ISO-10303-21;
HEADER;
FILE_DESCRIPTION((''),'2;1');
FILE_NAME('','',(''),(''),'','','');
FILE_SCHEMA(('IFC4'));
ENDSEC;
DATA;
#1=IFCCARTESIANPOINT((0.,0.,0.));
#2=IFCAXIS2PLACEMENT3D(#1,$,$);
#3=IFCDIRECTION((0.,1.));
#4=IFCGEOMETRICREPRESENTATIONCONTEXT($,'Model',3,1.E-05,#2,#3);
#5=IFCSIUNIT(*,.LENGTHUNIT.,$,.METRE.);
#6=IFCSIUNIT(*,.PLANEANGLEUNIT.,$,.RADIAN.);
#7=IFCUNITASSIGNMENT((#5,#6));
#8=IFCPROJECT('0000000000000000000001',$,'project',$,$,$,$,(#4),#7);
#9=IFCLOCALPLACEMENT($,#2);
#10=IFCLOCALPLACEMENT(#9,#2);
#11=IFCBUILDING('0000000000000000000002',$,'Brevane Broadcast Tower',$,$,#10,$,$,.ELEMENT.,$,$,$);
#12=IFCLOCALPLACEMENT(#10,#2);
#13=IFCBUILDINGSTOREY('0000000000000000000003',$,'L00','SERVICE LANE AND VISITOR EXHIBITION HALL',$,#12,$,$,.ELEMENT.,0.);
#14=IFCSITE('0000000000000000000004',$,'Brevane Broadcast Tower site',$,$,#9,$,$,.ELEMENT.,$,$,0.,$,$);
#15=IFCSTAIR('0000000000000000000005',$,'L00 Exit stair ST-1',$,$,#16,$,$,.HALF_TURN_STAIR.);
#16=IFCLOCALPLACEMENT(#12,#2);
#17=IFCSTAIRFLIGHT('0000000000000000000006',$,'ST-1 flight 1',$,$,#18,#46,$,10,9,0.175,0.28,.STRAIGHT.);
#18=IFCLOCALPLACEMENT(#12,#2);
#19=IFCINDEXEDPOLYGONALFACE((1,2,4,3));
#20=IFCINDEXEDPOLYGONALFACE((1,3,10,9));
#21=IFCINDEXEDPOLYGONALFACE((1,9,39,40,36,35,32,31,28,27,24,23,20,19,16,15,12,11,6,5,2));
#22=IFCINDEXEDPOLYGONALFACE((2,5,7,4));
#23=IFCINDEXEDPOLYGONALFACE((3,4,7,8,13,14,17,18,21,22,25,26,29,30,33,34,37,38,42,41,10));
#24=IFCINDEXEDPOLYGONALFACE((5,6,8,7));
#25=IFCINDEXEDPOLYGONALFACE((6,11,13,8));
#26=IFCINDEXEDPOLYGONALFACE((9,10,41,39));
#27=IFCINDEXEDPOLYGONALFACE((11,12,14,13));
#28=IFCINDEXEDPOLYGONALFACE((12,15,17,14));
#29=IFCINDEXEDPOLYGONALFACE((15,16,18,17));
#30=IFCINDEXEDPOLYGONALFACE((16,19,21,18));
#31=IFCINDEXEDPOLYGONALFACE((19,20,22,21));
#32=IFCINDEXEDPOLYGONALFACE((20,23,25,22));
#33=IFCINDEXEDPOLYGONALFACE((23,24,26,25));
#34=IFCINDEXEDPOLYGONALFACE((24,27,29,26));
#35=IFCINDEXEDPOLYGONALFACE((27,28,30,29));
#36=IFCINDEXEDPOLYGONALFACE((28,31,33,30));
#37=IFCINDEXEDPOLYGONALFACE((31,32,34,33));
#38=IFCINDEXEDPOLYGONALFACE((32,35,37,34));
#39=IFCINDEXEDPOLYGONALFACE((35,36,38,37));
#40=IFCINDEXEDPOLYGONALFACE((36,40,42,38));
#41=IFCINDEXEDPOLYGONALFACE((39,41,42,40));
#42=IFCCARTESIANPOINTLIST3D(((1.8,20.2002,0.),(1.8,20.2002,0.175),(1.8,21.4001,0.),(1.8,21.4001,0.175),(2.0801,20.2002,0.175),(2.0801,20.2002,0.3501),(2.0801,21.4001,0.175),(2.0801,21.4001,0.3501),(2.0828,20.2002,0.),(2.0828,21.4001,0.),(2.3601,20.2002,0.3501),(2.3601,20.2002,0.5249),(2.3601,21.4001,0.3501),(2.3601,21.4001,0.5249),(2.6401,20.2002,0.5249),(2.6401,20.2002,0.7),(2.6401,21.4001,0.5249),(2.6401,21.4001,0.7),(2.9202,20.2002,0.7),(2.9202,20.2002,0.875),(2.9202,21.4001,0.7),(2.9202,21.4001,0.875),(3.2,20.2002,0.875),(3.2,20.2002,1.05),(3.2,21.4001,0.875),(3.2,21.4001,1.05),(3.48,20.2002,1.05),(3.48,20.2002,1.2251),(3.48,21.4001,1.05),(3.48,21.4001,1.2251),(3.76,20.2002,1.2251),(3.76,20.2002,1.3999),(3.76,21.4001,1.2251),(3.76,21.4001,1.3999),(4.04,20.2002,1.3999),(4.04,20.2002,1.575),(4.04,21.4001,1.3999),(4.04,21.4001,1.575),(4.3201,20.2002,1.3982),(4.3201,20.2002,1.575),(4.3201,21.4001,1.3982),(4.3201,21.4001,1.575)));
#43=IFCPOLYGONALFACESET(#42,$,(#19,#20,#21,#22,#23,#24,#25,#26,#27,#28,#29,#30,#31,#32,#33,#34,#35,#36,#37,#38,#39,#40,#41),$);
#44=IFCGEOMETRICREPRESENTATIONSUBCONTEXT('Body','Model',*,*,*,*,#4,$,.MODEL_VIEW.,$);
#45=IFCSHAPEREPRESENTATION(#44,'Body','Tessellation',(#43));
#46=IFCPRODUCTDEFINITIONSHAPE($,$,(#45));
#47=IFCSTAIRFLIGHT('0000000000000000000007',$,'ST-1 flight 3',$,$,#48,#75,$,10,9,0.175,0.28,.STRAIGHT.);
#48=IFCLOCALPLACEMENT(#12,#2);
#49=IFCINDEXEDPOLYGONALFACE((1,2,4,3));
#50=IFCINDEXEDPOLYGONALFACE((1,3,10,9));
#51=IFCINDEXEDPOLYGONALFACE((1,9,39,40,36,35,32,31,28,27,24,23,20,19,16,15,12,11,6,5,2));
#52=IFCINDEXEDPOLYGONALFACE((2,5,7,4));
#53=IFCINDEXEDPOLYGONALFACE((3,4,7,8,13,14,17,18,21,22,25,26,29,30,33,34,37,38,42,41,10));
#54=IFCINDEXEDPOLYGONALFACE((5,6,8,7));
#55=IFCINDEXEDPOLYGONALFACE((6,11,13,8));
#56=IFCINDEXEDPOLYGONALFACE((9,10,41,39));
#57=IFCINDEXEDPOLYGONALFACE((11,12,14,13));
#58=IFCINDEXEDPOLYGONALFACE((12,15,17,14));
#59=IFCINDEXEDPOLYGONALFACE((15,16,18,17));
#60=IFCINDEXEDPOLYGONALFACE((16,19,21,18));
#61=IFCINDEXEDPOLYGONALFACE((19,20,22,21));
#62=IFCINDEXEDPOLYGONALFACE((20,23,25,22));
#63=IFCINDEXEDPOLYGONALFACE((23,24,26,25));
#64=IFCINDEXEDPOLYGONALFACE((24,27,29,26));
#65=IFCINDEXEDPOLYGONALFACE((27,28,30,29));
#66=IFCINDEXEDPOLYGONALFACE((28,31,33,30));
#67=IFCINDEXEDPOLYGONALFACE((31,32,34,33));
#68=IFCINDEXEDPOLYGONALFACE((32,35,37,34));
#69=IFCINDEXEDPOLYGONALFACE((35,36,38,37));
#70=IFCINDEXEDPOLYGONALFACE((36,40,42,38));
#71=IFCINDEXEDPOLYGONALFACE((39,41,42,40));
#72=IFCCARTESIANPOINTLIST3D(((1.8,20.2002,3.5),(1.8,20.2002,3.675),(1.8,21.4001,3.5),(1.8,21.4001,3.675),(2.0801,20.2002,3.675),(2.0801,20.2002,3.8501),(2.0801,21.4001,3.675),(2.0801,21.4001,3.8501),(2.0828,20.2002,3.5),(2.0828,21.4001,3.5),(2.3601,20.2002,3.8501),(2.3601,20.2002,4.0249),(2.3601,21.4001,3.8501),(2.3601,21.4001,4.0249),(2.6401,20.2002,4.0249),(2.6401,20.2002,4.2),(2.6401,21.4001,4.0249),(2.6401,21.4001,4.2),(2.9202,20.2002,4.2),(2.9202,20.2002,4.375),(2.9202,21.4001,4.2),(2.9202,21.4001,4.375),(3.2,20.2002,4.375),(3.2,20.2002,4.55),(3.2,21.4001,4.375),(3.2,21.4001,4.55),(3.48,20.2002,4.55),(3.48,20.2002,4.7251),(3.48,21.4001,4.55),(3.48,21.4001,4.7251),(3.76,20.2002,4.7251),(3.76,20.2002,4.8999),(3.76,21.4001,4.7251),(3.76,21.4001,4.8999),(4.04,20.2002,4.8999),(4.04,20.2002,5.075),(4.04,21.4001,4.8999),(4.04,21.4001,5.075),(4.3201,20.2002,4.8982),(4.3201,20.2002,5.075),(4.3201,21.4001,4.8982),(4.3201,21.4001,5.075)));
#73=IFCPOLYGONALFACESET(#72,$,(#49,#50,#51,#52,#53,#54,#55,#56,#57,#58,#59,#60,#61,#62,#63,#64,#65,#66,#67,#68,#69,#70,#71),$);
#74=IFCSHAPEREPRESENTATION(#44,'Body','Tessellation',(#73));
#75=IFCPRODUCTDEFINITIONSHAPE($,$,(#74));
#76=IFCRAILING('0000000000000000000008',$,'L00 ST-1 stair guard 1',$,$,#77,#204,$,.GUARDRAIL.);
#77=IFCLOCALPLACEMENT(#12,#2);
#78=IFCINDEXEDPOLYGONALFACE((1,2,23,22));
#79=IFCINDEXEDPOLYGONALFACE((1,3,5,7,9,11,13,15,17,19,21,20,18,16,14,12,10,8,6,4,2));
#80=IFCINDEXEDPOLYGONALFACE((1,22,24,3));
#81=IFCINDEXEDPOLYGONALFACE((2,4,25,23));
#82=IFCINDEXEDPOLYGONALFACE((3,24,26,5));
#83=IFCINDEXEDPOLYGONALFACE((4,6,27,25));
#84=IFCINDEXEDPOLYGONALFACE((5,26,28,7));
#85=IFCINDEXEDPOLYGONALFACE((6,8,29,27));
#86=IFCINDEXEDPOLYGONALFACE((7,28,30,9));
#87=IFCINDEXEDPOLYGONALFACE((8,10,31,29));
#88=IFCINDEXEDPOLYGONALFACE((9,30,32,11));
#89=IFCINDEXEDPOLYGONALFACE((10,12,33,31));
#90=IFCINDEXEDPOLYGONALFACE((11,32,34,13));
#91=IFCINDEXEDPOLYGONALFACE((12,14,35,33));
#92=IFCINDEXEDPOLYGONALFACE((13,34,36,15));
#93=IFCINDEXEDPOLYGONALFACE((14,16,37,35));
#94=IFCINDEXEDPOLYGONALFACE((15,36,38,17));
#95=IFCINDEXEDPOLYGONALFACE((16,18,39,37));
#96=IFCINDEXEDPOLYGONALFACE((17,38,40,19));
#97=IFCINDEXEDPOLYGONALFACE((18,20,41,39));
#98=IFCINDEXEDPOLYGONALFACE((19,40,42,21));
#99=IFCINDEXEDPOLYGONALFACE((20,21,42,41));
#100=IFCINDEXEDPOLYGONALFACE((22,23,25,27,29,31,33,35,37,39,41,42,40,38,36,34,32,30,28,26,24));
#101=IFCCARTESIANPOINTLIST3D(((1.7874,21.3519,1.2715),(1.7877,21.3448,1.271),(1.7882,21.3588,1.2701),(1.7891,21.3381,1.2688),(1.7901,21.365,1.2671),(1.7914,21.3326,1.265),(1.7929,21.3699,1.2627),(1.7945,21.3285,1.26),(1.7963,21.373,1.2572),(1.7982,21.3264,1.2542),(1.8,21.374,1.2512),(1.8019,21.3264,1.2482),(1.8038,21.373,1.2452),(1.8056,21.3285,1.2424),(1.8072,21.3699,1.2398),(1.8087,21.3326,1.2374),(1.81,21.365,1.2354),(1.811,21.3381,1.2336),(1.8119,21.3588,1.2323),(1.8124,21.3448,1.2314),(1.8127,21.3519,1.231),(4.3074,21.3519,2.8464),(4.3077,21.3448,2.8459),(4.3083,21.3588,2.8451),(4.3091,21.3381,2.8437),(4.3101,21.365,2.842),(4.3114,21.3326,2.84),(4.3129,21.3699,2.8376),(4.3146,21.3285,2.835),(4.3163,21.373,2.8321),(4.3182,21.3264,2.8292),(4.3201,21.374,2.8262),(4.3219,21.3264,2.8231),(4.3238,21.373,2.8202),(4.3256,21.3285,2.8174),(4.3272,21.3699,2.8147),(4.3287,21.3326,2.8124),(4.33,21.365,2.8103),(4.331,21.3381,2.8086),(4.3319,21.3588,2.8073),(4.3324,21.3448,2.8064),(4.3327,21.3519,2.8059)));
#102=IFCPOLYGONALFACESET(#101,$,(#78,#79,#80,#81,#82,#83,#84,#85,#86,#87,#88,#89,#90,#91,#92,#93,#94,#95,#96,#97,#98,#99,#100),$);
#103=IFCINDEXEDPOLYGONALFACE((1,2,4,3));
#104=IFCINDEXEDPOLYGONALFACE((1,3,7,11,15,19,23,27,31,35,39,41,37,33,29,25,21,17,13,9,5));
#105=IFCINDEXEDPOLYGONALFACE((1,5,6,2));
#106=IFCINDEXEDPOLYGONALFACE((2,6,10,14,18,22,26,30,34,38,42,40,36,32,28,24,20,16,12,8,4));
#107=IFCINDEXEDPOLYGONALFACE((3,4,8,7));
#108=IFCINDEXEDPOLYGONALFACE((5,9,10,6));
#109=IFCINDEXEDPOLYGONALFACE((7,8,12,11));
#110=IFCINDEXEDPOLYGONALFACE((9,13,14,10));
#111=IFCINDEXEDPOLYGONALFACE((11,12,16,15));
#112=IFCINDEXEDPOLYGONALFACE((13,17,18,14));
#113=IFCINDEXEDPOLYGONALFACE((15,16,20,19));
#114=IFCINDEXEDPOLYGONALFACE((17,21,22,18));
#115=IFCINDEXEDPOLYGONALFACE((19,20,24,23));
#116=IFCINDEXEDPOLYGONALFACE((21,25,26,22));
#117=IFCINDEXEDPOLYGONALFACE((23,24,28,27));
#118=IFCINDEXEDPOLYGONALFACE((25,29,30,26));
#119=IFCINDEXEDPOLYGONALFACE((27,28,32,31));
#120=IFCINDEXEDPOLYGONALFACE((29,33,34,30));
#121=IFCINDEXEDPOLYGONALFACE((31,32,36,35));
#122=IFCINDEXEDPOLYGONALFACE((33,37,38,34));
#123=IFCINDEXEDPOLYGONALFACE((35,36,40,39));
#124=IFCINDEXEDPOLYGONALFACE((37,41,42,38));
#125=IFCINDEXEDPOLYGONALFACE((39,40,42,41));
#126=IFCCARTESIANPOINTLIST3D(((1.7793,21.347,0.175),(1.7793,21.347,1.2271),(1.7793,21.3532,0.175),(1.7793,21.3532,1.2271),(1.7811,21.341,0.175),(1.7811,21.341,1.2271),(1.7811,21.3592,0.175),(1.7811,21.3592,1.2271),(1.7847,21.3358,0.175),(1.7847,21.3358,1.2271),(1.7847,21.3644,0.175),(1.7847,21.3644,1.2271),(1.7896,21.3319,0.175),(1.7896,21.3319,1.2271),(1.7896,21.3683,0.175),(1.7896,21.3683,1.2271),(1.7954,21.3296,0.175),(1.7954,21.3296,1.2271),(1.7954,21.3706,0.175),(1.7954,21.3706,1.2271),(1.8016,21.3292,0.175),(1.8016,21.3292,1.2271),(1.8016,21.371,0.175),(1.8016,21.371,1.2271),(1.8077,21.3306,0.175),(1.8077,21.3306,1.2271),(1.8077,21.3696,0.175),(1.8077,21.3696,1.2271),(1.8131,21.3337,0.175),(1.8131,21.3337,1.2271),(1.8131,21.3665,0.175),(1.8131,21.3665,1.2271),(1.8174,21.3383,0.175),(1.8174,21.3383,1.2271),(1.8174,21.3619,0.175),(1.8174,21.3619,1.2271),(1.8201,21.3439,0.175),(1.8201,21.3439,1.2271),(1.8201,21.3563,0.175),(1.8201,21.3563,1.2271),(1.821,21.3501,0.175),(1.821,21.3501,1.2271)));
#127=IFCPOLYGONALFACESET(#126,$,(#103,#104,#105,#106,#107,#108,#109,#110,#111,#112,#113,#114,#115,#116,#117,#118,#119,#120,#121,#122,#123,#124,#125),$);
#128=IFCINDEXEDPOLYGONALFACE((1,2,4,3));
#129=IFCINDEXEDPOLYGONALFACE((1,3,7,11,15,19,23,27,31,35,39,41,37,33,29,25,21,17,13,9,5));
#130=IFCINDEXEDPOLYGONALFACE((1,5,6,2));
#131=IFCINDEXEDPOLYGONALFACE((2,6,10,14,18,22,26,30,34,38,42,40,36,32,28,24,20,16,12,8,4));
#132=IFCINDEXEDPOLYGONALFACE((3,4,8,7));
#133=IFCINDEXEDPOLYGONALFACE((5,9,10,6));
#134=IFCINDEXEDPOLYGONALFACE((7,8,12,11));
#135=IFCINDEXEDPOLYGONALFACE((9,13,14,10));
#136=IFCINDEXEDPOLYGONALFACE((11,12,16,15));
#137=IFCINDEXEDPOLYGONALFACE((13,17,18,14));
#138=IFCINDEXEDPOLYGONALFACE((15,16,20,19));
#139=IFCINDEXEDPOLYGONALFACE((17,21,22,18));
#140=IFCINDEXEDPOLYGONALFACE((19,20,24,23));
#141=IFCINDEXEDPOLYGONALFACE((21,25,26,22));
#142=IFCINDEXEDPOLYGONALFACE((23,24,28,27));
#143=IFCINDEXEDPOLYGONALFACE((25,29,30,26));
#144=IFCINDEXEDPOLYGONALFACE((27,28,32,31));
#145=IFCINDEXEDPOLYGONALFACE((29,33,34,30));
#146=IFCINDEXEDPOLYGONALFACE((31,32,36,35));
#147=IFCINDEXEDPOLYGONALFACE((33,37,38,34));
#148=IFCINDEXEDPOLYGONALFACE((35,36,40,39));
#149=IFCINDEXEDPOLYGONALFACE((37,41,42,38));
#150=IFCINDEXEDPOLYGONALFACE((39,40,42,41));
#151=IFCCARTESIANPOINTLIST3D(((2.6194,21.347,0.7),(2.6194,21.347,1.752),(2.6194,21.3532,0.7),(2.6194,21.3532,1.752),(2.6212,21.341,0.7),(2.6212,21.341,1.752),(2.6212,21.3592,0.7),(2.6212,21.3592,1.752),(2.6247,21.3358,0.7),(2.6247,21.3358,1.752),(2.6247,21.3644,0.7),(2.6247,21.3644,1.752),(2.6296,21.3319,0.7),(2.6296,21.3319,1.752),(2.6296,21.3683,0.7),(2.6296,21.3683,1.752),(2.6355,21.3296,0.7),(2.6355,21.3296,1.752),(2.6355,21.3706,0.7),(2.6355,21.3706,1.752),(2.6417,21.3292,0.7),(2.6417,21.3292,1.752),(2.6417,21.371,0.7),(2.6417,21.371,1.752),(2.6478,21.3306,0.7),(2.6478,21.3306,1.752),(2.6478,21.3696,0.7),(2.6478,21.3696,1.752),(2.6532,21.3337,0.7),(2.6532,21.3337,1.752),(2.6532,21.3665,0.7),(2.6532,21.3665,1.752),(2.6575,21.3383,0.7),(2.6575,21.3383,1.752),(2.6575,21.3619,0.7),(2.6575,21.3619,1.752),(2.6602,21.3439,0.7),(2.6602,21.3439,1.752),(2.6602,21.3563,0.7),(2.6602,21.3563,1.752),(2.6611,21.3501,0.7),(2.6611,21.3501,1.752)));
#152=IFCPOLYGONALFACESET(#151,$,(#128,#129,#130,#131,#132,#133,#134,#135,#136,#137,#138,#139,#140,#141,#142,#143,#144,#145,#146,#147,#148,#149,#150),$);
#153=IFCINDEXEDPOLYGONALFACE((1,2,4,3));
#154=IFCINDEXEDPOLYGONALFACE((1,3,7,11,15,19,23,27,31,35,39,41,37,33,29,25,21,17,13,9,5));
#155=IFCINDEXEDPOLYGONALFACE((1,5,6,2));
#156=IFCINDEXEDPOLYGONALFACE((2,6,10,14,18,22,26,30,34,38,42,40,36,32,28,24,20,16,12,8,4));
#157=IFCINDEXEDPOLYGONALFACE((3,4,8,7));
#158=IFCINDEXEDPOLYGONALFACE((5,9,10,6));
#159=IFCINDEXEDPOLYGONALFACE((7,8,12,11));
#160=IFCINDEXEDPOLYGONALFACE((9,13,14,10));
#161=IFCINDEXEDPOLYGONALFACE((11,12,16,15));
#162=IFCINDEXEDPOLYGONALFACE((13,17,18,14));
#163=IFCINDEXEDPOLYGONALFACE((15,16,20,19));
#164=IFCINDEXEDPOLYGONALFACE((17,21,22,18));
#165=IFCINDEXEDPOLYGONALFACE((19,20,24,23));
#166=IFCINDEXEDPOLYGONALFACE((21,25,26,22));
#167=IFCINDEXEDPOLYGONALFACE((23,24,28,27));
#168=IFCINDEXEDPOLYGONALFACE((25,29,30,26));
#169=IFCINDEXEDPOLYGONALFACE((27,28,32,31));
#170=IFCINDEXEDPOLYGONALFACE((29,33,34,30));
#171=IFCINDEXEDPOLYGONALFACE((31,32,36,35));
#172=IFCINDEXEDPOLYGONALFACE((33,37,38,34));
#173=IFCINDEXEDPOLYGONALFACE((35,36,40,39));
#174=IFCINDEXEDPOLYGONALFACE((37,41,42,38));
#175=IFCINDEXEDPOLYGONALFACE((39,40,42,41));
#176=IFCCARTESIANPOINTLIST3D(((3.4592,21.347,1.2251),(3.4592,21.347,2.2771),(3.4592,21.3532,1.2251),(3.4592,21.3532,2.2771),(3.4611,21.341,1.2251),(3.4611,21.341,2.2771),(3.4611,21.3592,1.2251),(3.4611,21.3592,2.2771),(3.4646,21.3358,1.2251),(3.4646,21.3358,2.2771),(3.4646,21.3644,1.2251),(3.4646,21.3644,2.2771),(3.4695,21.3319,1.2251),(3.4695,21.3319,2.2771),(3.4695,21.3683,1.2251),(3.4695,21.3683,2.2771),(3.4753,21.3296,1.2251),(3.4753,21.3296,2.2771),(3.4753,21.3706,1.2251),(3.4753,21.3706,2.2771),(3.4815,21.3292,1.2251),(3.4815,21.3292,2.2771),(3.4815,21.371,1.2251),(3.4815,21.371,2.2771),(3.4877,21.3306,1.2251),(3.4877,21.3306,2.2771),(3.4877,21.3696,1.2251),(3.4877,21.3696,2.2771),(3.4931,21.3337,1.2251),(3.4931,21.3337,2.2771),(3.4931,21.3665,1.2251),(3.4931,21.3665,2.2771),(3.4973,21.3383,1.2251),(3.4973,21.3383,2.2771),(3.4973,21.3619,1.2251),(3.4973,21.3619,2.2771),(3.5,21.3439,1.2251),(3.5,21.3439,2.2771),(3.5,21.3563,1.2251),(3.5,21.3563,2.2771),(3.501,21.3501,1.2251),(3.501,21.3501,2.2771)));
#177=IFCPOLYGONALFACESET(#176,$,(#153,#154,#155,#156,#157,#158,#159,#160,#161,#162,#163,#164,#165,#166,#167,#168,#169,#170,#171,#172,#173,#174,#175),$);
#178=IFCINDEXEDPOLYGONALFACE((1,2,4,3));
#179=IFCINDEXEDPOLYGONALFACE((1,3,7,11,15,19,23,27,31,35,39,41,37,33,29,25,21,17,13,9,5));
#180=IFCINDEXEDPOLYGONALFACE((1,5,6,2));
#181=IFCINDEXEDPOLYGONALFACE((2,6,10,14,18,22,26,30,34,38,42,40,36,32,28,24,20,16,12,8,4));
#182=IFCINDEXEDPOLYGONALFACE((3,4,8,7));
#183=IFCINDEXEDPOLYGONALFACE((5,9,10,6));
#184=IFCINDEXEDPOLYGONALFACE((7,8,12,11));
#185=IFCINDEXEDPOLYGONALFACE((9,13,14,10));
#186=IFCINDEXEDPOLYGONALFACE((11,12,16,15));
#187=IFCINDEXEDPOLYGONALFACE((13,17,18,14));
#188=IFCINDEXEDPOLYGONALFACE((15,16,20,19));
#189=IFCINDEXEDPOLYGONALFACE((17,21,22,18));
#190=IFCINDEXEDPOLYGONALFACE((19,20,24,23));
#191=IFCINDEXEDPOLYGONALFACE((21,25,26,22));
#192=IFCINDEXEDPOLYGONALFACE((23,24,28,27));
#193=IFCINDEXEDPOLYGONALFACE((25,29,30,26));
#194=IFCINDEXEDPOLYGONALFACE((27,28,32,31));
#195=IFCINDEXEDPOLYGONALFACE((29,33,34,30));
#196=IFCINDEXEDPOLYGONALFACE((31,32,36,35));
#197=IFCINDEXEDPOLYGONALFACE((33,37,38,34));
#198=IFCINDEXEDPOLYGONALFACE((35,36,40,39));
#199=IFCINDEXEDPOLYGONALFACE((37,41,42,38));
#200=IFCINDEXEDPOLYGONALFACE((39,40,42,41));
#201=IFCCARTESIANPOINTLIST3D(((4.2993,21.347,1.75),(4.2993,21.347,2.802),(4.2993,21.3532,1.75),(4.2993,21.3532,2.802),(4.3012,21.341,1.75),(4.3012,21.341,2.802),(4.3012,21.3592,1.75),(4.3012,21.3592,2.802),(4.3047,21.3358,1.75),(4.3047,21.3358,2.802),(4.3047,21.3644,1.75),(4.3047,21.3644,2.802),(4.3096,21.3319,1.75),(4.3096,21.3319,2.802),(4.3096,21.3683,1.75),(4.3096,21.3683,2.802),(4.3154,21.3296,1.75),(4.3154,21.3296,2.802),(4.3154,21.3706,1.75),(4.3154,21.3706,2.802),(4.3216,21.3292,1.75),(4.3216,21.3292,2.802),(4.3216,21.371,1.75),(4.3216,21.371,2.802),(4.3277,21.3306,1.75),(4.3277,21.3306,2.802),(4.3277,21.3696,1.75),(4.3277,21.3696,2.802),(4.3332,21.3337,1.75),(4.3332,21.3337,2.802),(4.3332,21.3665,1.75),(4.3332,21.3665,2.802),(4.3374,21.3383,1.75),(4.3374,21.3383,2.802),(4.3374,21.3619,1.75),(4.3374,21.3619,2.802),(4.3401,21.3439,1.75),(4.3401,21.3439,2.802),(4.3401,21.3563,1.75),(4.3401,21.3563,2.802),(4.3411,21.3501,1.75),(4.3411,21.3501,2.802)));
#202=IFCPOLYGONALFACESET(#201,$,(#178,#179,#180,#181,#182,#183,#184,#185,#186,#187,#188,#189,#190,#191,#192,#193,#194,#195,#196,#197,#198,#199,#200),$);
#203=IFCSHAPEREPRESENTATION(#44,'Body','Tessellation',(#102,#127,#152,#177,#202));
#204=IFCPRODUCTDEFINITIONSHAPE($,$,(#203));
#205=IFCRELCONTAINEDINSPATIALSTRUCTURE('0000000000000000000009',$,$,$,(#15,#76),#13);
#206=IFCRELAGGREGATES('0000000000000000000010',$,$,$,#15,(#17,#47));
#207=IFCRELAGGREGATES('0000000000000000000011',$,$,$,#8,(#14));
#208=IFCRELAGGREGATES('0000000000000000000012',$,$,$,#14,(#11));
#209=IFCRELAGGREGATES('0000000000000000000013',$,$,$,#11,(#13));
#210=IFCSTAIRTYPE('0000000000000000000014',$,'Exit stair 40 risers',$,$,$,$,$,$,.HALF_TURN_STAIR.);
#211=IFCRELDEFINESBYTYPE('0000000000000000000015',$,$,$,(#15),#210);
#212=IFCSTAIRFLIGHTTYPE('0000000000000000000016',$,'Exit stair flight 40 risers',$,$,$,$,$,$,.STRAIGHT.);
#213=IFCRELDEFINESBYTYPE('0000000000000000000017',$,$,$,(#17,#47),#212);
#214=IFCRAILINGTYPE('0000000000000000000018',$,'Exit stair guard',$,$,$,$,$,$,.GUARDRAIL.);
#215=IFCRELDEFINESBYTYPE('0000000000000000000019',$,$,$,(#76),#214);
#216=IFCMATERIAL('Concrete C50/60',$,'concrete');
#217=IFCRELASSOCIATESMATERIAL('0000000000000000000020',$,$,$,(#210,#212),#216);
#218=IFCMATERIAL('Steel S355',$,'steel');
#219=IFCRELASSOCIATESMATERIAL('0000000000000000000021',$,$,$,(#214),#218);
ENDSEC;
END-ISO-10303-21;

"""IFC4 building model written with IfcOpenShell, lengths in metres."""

from ifc_helpers import new_model, si_unit, direction, frame, origin, origin_2d, place, context, subcontext, project, spatial, polyline, circle, outline, extrude, material, type_object, element, aggregate, save


model = new_model("IFC4")

# Units and contexts
model_context = context("Model", 3, precision=1e-05, world=origin(), true_north=direction((0.0, 1.0)))
body_context = subcontext(model_context, "Body", "Model", "MODEL_VIEW")
ifc_project = project(units=[si_unit("LENGTHUNIT", "METRE"), si_unit("PLANEANGLEUNIT", "RADIAN")], contexts=[model_context])

# Site, building, storey
site_placement = place(None, origin())
site = spatial("IfcSite", under=ifc_project, at=site_placement, Name="Brevane Broadcast Tower site", CompositionType="ELEMENT", RefElevation=0.0)
building_placement = place(site_placement, origin())
building = spatial("IfcBuilding", under=site, at=building_placement, Name="Brevane Broadcast Tower", CompositionType="ELEMENT")
storey_placement = place(building_placement, origin())
storey = spatial("IfcBuildingStorey", under=building, at=storey_placement, Name="L00", Description="SERVICE LANE AND VISITOR EXHIBITION HALL", CompositionType="ELEMENT", Elevation=0.0)

# Stair, stair flights
ifc_material_1 = material(Name="Concrete C50/60", Category="concrete")
stair_type = type_object("IfcStairType", Name="Exit stair 40 risers", PredefinedType="HALF_TURN_STAIR", material=ifc_material_1)
stair_placement = place(storey_placement, origin())
stair = element("IfcStair", 1, at=stair_placement, inside=storey, type_object=stair_type, Name="L00 Exit stair ST-1", PredefinedType="HALF_TURN_STAIR")
stair_flight_type = type_object("IfcStairFlightType", Name="Exit stair flight 40 risers", PredefinedType="STRAIGHT", material=ifc_material_1)
stair_flight_1_placement = place(storey_placement, frame((1.8, 20.8, 0.0), z_axis=(0.0, 0.0, 1.0), x_axis=(1.0, 0.0, 0.0)))
stair_flight_1 = element("IfcStairFlight", 2, at=stair_flight_1_placement, type_object=stair_flight_type, Name="ST-1 flight 1", NumberOfRisers=10, NumberOfTreads=9, PredefinedType="STRAIGHT", RiserHeight=0.175, TreadLength=0.28, context=body_context, shape_type="SweptSolid", body=[
    extrude(outline(polyline([(0.0, 0.0), (0.0, 0.175), (0.28, 0.175), (0.28, 0.3501), (0.5601, 0.3501), (0.5601, 0.5249), (0.8401, 0.5249), (0.8401, 0.7), (1.1201, 0.7), (1.1201, 0.875), (1.3999, 0.875), (1.3999, 1.05), (1.6799, 1.05), (1.6799, 1.2251), (1.96, 1.2251), (1.96, 1.3999), (2.24, 1.3999), (2.24, 1.575), (2.52, 1.575), (2.52, 1.75), (2.52, 1.3982), (0.2827, 0.0), (0.0, 0.0)])), frame((0.0, 0.6001, 0.0), z_axis=(0.0, -1.0, 0.0), x_axis=(1.0, 0.0, 0.0)), (0.0, 0.0, 1.0), 1.2),
])
stair_flight_2_placement = place(storey_placement, frame((1.8, 20.8, 3.5), z_axis=(0.0, 0.0, 1.0), x_axis=(1.0, 0.0, 0.0)))
stair_flight_2 = element("IfcStairFlight", 3, at=stair_flight_2_placement, type_object=stair_flight_type, Name="ST-1 flight 3", NumberOfRisers=10, NumberOfTreads=9, PredefinedType="STRAIGHT", RiserHeight=0.175, TreadLength=0.28, context=body_context, shape_type="SweptSolid", body=[
    extrude(outline(polyline([(0.0, 0.0), (0.0, 0.175), (0.28, 0.175), (0.28, 0.3501), (0.5601, 0.3501), (0.5601, 0.5249), (0.8401, 0.5249), (0.8401, 0.7), (1.1201, 0.7), (1.1201, 0.875), (1.3999, 0.875), (1.3999, 1.05), (1.6799, 1.05), (1.6799, 1.2251), (1.96, 1.2251), (1.96, 1.3999), (2.24, 1.3999), (2.24, 1.575), (2.52, 1.575), (2.52, 1.75), (2.52, 1.3982), (0.2827, 0.0), (0.0, 0.0)])), frame((0.0, 0.6001, 0.0), z_axis=(0.0, -1.0, 0.0), x_axis=(1.0, 0.0, 0.0)), (0.0, 0.0, 1.0), 1.2),
])
aggregate(stair, [stair_flight_1, stair_flight_2])

# Railing
ifc_material_2 = material(Name="Steel S355", Category="steel")
railing_type_1 = type_object("IfcRailingType", Name="Exit stair guard", PredefinedType="GUARDRAIL", material=ifc_material_2)
railing_1_placement = place(storey_placement, frame((1.8, 21.3501, 0.175)))
element("IfcRailing", 4, at=railing_1_placement, inside=storey, type_object=railing_type_1, Name="L00 ST-1 stair guard 1", PredefinedType="GUARDRAIL", context=body_context, shape_type="SweptSolid", body=[
    extrude(circle(Radius=0.0239, at=origin_2d()), frame((0.0, 0.0, 1.0762), z_axis=(0.848008, 0.0, 0.529984), x_axis=(0.0, 1.0, 0.0)), (0.0, 0.0, 1.0), 2.9717),
    extrude(circle(Radius=0.021, at=origin_2d()), origin(), (0.0, 0.0, 1.0), 1.052),
    extrude(circle(Radius=0.021, at=origin_2d()), frame((0.8401, 0.0, 0.5249)), (0.0, 0.0, 1.0), 1.052),
    extrude(circle(Radius=0.021, at=origin_2d()), frame((1.6799, 0.0, 1.05)), (0.0, 0.0, 1.0), 1.052),
    extrude(circle(Radius=0.021, at=origin_2d()), frame((2.52, 0.0, 1.575)), (0.0, 0.0, 1.0), 1.052),
])

save(model, "model.ifc")
